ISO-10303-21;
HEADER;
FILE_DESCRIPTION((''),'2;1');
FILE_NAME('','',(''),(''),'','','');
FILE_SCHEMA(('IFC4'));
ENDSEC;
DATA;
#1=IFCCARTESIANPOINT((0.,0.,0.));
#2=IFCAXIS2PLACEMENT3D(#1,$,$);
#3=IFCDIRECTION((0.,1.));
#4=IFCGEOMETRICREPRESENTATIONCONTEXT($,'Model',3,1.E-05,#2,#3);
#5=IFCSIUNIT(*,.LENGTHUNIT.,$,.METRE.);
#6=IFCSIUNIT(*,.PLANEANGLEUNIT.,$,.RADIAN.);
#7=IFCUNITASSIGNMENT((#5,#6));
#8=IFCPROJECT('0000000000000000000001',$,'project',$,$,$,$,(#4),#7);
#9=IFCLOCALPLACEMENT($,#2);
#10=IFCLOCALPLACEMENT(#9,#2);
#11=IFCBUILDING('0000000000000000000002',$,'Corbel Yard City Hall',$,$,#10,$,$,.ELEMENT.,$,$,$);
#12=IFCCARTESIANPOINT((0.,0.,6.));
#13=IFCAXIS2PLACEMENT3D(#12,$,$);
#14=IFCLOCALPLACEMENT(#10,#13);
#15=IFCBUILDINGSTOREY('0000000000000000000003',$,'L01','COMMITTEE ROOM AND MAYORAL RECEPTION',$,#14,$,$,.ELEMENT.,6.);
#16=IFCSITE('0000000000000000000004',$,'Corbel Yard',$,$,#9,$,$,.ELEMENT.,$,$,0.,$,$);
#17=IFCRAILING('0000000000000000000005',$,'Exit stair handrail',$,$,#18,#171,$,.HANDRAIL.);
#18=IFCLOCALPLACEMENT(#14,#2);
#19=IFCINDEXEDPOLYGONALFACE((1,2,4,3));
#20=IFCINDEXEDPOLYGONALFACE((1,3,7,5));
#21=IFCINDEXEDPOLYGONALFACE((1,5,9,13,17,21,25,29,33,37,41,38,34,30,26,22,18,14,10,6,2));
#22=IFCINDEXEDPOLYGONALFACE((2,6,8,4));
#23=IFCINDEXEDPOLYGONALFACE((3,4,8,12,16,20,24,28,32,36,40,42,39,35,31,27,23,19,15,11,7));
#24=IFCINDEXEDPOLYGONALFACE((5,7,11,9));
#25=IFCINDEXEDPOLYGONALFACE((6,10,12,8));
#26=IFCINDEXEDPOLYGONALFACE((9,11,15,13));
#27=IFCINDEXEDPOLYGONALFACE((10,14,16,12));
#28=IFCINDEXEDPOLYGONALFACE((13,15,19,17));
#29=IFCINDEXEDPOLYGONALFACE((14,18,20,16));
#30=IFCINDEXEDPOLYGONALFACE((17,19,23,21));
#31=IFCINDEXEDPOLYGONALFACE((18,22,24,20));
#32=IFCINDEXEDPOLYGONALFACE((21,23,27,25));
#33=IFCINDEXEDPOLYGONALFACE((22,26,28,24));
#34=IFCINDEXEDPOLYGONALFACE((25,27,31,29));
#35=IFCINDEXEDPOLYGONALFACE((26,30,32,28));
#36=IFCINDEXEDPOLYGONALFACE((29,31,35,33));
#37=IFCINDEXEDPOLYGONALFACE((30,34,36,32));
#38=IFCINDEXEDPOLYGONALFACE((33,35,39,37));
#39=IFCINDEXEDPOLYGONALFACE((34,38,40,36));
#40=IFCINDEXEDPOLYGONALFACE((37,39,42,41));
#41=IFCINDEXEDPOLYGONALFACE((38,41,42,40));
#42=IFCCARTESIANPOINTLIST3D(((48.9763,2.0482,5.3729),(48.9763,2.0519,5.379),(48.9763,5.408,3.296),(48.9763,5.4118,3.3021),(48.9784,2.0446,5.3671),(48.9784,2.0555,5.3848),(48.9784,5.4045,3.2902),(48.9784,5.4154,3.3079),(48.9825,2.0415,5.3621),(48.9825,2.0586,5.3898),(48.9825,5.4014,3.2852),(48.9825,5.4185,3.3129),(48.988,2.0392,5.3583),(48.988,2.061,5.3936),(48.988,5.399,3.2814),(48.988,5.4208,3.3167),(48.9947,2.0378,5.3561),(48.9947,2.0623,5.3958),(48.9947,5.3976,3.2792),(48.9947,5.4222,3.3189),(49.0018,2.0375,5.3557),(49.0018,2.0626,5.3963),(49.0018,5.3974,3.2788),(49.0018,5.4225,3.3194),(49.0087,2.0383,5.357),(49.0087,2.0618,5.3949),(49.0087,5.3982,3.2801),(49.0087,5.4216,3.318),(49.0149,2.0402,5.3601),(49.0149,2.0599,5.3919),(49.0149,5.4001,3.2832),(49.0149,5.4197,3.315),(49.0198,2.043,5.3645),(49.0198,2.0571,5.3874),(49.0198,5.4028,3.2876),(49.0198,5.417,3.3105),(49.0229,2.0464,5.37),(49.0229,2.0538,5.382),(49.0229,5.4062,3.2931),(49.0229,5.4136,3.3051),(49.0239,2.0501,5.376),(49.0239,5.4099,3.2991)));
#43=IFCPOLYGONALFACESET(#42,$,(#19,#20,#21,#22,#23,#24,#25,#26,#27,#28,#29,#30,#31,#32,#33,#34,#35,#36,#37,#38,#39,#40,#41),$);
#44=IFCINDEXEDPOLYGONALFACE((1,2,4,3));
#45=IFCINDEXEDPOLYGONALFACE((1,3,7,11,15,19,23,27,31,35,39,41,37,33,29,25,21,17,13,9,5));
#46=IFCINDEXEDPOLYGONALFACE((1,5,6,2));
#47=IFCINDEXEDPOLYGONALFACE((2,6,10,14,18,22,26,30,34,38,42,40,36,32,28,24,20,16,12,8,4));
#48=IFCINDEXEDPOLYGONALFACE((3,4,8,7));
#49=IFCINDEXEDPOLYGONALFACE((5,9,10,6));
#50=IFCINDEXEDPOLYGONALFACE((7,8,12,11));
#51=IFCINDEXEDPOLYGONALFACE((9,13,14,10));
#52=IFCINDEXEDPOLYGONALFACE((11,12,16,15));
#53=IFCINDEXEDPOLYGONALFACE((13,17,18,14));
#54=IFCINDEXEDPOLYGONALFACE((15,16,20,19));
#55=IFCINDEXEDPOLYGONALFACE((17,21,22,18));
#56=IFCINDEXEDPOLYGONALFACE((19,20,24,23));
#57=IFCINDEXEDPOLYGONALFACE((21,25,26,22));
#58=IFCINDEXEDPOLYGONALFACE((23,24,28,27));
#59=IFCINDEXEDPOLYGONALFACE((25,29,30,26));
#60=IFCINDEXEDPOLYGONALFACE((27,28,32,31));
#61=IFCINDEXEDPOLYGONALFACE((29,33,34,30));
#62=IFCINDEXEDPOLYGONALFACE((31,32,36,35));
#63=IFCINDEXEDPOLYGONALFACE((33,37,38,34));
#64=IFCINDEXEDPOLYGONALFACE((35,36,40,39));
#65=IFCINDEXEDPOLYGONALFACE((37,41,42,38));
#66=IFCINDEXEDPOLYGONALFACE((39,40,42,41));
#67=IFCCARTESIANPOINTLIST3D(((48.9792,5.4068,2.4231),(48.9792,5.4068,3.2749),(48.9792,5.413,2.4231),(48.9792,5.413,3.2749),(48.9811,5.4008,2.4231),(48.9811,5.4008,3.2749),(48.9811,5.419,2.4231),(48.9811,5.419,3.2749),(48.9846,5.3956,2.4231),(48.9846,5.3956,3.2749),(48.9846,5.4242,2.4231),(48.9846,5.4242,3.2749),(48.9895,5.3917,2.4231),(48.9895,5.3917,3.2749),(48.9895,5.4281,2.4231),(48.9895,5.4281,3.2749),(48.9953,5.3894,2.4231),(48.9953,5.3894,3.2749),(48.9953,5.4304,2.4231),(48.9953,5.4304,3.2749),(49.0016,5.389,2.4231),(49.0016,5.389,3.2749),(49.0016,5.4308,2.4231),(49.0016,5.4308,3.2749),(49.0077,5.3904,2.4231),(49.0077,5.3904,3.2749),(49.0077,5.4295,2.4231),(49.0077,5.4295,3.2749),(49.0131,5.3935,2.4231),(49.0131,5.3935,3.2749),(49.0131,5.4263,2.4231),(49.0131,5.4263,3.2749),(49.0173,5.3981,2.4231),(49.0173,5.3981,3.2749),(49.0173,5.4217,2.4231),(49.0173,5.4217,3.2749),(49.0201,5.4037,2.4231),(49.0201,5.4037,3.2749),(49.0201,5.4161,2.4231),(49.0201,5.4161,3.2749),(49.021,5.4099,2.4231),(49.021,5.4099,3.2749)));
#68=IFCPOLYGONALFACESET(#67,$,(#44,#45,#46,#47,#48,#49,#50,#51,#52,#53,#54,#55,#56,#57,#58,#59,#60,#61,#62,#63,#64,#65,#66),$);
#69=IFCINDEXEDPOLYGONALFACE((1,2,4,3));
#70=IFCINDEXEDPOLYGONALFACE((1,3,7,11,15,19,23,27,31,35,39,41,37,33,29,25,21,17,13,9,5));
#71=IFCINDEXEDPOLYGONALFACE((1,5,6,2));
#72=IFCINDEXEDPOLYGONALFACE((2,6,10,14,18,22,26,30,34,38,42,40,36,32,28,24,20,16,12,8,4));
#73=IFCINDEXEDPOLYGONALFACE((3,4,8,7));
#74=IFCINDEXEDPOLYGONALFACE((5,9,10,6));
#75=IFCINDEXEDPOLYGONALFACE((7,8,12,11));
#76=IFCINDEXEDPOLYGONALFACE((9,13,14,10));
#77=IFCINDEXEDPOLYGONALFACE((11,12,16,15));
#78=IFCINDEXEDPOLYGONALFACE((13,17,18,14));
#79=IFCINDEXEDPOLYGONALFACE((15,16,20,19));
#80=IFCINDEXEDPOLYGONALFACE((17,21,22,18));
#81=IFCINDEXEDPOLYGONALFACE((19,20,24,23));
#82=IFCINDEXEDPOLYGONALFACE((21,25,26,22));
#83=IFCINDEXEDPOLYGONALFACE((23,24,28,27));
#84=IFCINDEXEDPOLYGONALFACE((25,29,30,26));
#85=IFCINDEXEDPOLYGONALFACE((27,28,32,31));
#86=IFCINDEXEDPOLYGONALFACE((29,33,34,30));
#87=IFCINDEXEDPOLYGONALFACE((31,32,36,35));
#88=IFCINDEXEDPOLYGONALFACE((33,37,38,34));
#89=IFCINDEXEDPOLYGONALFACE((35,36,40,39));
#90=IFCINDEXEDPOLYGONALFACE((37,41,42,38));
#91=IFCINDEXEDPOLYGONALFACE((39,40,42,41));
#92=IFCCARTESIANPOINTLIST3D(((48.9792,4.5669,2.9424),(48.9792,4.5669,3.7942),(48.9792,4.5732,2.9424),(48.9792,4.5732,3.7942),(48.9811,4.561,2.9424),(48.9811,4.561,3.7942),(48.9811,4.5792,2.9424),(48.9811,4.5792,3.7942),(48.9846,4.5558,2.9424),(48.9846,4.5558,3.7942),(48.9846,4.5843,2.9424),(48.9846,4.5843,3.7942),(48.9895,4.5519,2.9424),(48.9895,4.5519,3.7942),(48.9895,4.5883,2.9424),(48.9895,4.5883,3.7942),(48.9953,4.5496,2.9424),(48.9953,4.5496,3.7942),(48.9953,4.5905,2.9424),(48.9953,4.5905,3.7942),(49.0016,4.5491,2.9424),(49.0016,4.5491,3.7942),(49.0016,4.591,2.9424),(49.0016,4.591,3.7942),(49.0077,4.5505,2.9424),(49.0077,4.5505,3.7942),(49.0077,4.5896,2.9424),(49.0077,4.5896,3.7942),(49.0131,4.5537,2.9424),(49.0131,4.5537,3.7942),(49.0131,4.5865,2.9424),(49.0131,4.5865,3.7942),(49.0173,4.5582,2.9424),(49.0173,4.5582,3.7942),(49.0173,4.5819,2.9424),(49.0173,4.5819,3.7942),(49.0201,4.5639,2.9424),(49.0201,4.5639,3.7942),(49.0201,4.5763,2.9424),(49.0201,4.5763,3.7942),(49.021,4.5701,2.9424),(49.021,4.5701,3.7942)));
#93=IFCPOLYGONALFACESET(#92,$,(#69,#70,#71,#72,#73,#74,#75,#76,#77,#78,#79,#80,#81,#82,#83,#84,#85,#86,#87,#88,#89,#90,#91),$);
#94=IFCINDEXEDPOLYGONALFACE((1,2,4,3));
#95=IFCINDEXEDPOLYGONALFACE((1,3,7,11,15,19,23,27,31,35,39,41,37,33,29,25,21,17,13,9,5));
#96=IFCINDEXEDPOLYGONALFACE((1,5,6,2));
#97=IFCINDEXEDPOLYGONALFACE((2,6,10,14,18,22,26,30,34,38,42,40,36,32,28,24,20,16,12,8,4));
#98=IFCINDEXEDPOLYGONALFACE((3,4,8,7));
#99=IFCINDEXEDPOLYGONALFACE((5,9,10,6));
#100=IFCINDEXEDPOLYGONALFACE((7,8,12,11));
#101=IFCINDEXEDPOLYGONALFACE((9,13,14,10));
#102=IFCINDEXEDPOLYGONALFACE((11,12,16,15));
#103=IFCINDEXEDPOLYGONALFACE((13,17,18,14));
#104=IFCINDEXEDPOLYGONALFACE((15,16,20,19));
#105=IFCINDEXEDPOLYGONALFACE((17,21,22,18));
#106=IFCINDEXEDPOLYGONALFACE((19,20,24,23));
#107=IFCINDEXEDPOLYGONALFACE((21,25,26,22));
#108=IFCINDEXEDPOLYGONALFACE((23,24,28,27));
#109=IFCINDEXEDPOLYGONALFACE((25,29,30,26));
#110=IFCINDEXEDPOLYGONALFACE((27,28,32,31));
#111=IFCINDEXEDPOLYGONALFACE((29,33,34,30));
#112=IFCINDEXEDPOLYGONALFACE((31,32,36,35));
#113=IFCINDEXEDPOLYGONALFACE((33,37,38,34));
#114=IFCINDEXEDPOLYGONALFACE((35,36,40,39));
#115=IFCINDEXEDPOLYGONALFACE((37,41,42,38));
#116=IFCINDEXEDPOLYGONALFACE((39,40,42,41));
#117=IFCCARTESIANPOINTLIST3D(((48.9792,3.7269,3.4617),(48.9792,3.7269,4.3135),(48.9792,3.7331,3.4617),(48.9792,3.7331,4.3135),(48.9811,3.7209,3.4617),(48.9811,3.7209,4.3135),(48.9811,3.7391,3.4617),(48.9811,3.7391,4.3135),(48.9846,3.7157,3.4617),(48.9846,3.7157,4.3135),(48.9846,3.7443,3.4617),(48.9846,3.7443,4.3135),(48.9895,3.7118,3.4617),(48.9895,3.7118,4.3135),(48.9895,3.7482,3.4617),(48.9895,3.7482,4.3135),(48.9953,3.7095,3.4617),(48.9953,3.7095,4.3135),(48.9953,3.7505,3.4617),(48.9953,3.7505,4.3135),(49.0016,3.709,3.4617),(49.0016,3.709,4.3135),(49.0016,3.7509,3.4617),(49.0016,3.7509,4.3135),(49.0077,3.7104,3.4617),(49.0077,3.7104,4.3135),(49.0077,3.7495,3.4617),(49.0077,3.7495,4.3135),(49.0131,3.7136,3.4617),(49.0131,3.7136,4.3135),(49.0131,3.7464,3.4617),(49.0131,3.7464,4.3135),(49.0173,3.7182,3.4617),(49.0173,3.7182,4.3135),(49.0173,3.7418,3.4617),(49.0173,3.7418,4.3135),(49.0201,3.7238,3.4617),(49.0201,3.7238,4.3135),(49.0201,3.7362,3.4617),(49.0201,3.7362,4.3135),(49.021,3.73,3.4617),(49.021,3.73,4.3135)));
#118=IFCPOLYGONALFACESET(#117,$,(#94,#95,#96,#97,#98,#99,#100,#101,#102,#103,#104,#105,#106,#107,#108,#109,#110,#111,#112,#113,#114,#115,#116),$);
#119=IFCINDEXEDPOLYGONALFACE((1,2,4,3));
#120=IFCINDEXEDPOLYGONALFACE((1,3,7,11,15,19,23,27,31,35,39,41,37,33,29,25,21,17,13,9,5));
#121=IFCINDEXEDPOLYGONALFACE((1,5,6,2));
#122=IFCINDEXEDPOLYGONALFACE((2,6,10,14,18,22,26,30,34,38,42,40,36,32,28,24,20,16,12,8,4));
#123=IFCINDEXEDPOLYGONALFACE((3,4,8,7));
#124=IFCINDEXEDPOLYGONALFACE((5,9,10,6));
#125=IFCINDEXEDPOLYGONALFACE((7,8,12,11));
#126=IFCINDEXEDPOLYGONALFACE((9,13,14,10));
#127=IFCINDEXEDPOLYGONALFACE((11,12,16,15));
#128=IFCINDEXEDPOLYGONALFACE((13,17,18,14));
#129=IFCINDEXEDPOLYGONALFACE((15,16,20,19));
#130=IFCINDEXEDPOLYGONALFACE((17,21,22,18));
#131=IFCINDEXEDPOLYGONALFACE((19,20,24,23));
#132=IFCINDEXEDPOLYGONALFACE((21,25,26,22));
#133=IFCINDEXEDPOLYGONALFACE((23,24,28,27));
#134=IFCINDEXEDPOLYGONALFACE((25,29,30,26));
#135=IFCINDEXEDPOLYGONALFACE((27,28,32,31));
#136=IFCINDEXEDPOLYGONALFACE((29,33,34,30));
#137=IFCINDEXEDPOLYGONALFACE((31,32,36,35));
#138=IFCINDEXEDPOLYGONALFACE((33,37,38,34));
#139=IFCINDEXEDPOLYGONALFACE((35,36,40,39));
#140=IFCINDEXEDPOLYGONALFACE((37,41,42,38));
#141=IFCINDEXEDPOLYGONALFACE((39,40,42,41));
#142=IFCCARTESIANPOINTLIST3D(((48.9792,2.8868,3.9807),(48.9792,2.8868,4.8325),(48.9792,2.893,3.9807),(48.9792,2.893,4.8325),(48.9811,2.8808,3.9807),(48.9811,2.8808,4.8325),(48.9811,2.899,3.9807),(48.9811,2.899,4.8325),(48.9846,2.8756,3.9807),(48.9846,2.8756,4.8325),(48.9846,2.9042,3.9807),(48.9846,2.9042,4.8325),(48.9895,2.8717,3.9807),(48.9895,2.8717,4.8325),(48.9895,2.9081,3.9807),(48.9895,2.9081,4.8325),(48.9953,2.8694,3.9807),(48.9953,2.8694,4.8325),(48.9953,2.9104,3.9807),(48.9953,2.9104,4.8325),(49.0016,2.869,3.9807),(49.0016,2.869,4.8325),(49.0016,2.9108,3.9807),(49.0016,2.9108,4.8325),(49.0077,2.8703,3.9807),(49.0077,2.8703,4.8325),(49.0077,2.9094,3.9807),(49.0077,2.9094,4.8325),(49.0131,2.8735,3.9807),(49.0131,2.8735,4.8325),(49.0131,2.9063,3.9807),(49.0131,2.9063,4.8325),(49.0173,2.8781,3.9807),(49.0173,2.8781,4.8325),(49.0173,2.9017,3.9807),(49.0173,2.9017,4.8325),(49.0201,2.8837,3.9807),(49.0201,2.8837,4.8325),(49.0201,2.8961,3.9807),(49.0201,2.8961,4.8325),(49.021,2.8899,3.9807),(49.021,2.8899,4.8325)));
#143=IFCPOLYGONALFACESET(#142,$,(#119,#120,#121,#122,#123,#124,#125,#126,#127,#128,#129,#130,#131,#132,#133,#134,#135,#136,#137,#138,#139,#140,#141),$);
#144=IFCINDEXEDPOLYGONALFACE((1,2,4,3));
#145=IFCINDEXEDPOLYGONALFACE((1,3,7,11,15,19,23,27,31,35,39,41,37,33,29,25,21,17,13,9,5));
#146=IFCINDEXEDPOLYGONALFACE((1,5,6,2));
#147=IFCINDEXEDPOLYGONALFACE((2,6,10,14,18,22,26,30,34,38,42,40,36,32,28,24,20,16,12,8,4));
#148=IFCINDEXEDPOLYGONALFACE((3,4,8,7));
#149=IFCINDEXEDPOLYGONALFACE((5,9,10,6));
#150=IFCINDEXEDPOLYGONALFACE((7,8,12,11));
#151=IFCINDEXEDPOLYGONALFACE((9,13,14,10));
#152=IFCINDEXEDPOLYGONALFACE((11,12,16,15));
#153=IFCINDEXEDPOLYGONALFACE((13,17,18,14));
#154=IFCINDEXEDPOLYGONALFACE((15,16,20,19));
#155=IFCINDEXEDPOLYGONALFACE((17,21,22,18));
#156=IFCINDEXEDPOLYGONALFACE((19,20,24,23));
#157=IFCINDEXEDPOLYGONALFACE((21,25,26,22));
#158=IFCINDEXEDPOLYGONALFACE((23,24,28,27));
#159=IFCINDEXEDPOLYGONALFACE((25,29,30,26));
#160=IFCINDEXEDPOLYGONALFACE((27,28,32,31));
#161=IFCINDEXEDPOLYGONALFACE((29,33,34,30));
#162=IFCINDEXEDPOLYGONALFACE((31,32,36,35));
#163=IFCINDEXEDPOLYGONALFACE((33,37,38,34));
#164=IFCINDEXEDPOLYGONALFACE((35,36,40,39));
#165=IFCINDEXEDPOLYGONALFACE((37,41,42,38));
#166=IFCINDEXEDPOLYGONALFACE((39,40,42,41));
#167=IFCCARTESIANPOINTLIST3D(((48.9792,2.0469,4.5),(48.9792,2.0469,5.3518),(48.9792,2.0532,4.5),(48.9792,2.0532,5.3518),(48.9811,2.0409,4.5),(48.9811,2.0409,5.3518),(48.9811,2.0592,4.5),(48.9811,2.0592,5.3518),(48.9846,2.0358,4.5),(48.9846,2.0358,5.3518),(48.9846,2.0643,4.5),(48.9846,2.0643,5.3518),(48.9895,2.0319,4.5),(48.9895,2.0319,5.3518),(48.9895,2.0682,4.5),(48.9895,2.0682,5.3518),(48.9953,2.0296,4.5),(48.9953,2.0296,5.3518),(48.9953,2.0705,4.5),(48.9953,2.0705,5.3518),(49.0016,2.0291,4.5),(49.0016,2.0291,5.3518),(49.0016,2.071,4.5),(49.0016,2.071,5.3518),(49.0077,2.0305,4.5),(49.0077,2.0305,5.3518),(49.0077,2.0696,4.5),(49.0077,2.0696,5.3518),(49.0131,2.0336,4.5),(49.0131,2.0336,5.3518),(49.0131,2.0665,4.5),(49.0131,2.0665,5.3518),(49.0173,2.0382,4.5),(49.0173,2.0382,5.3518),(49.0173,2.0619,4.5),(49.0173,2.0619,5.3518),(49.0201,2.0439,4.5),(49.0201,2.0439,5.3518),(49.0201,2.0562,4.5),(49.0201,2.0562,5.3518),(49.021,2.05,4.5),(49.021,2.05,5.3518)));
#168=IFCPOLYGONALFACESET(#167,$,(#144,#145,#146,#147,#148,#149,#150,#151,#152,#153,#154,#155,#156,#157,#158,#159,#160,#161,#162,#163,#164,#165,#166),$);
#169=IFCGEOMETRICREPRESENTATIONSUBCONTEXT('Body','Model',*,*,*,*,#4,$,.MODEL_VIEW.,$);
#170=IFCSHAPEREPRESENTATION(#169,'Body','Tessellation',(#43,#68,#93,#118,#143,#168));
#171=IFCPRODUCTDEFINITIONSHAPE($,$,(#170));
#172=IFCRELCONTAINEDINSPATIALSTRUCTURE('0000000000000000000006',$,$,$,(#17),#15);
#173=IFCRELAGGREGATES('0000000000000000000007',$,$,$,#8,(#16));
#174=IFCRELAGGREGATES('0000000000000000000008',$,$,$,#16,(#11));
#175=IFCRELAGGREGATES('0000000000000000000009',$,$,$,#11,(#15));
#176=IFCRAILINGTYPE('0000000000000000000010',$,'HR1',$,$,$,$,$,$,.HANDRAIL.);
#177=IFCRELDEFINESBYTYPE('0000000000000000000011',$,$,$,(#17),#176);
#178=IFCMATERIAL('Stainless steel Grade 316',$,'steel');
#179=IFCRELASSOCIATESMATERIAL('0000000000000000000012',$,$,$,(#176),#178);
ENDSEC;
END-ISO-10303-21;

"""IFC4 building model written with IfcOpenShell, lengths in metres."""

from ifc_helpers import new_model, si_unit, direction, frame, origin, origin_2d, place, context, subcontext, project, spatial, circle, extrude, material, type_object, element, save


model = new_model("IFC4")

# Units and contexts
model_context = context("Model", 3, precision=1e-05, world=origin(), true_north=direction((0.0, 1.0)))
body_context = subcontext(model_context, "Body", "Model", "MODEL_VIEW")
ifc_project = project(units=[si_unit("LENGTHUNIT", "METRE"), si_unit("PLANEANGLEUNIT", "RADIAN")], contexts=[model_context])

# Site, building, storey
site_placement = place(None, origin())
site = spatial("IfcSite", under=ifc_project, at=site_placement, Name="Corbel Yard", CompositionType="ELEMENT", RefElevation=0.0)
building_placement = place(site_placement, origin())
building = spatial("IfcBuilding", under=site, at=building_placement, Name="Corbel Yard City Hall", CompositionType="ELEMENT")
storey_placement = place(building_placement, frame((0.0, 0.0, 6.0)))
storey = spatial("IfcBuildingStorey", under=building, at=storey_placement, Name="L01", Description="COMMITTEE ROOM AND MAYORAL RECEPTION", CompositionType="ELEMENT", Elevation=6.0)

# Shared definitions
ifc_material_1 = material(Name="Stainless steel Grade 316", Category="steel")

# Railing
railing_type = type_object("IfcRailingType", Name="HR1", PredefinedType="HANDRAIL", material=ifc_material_1)
for number, where, name in (
    (1, (49.0, 5.4099, 2.4231), "Exit stair handrail"),
):
    element("IfcRailing", number, at=place(storey_placement, frame(where)), inside=storey, type_object=railing_type, Name=name, PredefinedType="HANDRAIL", context=body_context, shape_type="SweptSolid", body=[
        extrude(circle(Radius=0.0239, at=origin_2d()), frame((0.0, 0.0, 0.876), z_axis=(0.0, -0.850606, 0.525803), x_axis=(1.0, 0.0, 0.0)), (0.0, 0.0, 1.0), 3.95),
        extrude(circle(Radius=0.021, at=origin_2d()), origin(), (0.0, 0.0, 1.0), 0.8518),
        extrude(circle(Radius=0.021, at=origin_2d()), frame((0.0, -0.8398, 0.5193)), (0.0, 0.0, 1.0), 0.8518),
        extrude(circle(Radius=0.021, at=origin_2d()), frame((0.0, -1.6799, 1.0386)), (0.0, 0.0, 1.0), 0.8518),
        extrude(circle(Radius=0.021, at=origin_2d()), frame((0.0, -2.52, 1.5576)), (0.0, 0.0, 1.0), 0.8518),
        extrude(circle(Radius=0.021, at=origin_2d()), frame((0.0, -3.3599, 2.0769)), (0.0, 0.0, 1.0), 0.8518),
    ])

save(model, "model.ifc")
